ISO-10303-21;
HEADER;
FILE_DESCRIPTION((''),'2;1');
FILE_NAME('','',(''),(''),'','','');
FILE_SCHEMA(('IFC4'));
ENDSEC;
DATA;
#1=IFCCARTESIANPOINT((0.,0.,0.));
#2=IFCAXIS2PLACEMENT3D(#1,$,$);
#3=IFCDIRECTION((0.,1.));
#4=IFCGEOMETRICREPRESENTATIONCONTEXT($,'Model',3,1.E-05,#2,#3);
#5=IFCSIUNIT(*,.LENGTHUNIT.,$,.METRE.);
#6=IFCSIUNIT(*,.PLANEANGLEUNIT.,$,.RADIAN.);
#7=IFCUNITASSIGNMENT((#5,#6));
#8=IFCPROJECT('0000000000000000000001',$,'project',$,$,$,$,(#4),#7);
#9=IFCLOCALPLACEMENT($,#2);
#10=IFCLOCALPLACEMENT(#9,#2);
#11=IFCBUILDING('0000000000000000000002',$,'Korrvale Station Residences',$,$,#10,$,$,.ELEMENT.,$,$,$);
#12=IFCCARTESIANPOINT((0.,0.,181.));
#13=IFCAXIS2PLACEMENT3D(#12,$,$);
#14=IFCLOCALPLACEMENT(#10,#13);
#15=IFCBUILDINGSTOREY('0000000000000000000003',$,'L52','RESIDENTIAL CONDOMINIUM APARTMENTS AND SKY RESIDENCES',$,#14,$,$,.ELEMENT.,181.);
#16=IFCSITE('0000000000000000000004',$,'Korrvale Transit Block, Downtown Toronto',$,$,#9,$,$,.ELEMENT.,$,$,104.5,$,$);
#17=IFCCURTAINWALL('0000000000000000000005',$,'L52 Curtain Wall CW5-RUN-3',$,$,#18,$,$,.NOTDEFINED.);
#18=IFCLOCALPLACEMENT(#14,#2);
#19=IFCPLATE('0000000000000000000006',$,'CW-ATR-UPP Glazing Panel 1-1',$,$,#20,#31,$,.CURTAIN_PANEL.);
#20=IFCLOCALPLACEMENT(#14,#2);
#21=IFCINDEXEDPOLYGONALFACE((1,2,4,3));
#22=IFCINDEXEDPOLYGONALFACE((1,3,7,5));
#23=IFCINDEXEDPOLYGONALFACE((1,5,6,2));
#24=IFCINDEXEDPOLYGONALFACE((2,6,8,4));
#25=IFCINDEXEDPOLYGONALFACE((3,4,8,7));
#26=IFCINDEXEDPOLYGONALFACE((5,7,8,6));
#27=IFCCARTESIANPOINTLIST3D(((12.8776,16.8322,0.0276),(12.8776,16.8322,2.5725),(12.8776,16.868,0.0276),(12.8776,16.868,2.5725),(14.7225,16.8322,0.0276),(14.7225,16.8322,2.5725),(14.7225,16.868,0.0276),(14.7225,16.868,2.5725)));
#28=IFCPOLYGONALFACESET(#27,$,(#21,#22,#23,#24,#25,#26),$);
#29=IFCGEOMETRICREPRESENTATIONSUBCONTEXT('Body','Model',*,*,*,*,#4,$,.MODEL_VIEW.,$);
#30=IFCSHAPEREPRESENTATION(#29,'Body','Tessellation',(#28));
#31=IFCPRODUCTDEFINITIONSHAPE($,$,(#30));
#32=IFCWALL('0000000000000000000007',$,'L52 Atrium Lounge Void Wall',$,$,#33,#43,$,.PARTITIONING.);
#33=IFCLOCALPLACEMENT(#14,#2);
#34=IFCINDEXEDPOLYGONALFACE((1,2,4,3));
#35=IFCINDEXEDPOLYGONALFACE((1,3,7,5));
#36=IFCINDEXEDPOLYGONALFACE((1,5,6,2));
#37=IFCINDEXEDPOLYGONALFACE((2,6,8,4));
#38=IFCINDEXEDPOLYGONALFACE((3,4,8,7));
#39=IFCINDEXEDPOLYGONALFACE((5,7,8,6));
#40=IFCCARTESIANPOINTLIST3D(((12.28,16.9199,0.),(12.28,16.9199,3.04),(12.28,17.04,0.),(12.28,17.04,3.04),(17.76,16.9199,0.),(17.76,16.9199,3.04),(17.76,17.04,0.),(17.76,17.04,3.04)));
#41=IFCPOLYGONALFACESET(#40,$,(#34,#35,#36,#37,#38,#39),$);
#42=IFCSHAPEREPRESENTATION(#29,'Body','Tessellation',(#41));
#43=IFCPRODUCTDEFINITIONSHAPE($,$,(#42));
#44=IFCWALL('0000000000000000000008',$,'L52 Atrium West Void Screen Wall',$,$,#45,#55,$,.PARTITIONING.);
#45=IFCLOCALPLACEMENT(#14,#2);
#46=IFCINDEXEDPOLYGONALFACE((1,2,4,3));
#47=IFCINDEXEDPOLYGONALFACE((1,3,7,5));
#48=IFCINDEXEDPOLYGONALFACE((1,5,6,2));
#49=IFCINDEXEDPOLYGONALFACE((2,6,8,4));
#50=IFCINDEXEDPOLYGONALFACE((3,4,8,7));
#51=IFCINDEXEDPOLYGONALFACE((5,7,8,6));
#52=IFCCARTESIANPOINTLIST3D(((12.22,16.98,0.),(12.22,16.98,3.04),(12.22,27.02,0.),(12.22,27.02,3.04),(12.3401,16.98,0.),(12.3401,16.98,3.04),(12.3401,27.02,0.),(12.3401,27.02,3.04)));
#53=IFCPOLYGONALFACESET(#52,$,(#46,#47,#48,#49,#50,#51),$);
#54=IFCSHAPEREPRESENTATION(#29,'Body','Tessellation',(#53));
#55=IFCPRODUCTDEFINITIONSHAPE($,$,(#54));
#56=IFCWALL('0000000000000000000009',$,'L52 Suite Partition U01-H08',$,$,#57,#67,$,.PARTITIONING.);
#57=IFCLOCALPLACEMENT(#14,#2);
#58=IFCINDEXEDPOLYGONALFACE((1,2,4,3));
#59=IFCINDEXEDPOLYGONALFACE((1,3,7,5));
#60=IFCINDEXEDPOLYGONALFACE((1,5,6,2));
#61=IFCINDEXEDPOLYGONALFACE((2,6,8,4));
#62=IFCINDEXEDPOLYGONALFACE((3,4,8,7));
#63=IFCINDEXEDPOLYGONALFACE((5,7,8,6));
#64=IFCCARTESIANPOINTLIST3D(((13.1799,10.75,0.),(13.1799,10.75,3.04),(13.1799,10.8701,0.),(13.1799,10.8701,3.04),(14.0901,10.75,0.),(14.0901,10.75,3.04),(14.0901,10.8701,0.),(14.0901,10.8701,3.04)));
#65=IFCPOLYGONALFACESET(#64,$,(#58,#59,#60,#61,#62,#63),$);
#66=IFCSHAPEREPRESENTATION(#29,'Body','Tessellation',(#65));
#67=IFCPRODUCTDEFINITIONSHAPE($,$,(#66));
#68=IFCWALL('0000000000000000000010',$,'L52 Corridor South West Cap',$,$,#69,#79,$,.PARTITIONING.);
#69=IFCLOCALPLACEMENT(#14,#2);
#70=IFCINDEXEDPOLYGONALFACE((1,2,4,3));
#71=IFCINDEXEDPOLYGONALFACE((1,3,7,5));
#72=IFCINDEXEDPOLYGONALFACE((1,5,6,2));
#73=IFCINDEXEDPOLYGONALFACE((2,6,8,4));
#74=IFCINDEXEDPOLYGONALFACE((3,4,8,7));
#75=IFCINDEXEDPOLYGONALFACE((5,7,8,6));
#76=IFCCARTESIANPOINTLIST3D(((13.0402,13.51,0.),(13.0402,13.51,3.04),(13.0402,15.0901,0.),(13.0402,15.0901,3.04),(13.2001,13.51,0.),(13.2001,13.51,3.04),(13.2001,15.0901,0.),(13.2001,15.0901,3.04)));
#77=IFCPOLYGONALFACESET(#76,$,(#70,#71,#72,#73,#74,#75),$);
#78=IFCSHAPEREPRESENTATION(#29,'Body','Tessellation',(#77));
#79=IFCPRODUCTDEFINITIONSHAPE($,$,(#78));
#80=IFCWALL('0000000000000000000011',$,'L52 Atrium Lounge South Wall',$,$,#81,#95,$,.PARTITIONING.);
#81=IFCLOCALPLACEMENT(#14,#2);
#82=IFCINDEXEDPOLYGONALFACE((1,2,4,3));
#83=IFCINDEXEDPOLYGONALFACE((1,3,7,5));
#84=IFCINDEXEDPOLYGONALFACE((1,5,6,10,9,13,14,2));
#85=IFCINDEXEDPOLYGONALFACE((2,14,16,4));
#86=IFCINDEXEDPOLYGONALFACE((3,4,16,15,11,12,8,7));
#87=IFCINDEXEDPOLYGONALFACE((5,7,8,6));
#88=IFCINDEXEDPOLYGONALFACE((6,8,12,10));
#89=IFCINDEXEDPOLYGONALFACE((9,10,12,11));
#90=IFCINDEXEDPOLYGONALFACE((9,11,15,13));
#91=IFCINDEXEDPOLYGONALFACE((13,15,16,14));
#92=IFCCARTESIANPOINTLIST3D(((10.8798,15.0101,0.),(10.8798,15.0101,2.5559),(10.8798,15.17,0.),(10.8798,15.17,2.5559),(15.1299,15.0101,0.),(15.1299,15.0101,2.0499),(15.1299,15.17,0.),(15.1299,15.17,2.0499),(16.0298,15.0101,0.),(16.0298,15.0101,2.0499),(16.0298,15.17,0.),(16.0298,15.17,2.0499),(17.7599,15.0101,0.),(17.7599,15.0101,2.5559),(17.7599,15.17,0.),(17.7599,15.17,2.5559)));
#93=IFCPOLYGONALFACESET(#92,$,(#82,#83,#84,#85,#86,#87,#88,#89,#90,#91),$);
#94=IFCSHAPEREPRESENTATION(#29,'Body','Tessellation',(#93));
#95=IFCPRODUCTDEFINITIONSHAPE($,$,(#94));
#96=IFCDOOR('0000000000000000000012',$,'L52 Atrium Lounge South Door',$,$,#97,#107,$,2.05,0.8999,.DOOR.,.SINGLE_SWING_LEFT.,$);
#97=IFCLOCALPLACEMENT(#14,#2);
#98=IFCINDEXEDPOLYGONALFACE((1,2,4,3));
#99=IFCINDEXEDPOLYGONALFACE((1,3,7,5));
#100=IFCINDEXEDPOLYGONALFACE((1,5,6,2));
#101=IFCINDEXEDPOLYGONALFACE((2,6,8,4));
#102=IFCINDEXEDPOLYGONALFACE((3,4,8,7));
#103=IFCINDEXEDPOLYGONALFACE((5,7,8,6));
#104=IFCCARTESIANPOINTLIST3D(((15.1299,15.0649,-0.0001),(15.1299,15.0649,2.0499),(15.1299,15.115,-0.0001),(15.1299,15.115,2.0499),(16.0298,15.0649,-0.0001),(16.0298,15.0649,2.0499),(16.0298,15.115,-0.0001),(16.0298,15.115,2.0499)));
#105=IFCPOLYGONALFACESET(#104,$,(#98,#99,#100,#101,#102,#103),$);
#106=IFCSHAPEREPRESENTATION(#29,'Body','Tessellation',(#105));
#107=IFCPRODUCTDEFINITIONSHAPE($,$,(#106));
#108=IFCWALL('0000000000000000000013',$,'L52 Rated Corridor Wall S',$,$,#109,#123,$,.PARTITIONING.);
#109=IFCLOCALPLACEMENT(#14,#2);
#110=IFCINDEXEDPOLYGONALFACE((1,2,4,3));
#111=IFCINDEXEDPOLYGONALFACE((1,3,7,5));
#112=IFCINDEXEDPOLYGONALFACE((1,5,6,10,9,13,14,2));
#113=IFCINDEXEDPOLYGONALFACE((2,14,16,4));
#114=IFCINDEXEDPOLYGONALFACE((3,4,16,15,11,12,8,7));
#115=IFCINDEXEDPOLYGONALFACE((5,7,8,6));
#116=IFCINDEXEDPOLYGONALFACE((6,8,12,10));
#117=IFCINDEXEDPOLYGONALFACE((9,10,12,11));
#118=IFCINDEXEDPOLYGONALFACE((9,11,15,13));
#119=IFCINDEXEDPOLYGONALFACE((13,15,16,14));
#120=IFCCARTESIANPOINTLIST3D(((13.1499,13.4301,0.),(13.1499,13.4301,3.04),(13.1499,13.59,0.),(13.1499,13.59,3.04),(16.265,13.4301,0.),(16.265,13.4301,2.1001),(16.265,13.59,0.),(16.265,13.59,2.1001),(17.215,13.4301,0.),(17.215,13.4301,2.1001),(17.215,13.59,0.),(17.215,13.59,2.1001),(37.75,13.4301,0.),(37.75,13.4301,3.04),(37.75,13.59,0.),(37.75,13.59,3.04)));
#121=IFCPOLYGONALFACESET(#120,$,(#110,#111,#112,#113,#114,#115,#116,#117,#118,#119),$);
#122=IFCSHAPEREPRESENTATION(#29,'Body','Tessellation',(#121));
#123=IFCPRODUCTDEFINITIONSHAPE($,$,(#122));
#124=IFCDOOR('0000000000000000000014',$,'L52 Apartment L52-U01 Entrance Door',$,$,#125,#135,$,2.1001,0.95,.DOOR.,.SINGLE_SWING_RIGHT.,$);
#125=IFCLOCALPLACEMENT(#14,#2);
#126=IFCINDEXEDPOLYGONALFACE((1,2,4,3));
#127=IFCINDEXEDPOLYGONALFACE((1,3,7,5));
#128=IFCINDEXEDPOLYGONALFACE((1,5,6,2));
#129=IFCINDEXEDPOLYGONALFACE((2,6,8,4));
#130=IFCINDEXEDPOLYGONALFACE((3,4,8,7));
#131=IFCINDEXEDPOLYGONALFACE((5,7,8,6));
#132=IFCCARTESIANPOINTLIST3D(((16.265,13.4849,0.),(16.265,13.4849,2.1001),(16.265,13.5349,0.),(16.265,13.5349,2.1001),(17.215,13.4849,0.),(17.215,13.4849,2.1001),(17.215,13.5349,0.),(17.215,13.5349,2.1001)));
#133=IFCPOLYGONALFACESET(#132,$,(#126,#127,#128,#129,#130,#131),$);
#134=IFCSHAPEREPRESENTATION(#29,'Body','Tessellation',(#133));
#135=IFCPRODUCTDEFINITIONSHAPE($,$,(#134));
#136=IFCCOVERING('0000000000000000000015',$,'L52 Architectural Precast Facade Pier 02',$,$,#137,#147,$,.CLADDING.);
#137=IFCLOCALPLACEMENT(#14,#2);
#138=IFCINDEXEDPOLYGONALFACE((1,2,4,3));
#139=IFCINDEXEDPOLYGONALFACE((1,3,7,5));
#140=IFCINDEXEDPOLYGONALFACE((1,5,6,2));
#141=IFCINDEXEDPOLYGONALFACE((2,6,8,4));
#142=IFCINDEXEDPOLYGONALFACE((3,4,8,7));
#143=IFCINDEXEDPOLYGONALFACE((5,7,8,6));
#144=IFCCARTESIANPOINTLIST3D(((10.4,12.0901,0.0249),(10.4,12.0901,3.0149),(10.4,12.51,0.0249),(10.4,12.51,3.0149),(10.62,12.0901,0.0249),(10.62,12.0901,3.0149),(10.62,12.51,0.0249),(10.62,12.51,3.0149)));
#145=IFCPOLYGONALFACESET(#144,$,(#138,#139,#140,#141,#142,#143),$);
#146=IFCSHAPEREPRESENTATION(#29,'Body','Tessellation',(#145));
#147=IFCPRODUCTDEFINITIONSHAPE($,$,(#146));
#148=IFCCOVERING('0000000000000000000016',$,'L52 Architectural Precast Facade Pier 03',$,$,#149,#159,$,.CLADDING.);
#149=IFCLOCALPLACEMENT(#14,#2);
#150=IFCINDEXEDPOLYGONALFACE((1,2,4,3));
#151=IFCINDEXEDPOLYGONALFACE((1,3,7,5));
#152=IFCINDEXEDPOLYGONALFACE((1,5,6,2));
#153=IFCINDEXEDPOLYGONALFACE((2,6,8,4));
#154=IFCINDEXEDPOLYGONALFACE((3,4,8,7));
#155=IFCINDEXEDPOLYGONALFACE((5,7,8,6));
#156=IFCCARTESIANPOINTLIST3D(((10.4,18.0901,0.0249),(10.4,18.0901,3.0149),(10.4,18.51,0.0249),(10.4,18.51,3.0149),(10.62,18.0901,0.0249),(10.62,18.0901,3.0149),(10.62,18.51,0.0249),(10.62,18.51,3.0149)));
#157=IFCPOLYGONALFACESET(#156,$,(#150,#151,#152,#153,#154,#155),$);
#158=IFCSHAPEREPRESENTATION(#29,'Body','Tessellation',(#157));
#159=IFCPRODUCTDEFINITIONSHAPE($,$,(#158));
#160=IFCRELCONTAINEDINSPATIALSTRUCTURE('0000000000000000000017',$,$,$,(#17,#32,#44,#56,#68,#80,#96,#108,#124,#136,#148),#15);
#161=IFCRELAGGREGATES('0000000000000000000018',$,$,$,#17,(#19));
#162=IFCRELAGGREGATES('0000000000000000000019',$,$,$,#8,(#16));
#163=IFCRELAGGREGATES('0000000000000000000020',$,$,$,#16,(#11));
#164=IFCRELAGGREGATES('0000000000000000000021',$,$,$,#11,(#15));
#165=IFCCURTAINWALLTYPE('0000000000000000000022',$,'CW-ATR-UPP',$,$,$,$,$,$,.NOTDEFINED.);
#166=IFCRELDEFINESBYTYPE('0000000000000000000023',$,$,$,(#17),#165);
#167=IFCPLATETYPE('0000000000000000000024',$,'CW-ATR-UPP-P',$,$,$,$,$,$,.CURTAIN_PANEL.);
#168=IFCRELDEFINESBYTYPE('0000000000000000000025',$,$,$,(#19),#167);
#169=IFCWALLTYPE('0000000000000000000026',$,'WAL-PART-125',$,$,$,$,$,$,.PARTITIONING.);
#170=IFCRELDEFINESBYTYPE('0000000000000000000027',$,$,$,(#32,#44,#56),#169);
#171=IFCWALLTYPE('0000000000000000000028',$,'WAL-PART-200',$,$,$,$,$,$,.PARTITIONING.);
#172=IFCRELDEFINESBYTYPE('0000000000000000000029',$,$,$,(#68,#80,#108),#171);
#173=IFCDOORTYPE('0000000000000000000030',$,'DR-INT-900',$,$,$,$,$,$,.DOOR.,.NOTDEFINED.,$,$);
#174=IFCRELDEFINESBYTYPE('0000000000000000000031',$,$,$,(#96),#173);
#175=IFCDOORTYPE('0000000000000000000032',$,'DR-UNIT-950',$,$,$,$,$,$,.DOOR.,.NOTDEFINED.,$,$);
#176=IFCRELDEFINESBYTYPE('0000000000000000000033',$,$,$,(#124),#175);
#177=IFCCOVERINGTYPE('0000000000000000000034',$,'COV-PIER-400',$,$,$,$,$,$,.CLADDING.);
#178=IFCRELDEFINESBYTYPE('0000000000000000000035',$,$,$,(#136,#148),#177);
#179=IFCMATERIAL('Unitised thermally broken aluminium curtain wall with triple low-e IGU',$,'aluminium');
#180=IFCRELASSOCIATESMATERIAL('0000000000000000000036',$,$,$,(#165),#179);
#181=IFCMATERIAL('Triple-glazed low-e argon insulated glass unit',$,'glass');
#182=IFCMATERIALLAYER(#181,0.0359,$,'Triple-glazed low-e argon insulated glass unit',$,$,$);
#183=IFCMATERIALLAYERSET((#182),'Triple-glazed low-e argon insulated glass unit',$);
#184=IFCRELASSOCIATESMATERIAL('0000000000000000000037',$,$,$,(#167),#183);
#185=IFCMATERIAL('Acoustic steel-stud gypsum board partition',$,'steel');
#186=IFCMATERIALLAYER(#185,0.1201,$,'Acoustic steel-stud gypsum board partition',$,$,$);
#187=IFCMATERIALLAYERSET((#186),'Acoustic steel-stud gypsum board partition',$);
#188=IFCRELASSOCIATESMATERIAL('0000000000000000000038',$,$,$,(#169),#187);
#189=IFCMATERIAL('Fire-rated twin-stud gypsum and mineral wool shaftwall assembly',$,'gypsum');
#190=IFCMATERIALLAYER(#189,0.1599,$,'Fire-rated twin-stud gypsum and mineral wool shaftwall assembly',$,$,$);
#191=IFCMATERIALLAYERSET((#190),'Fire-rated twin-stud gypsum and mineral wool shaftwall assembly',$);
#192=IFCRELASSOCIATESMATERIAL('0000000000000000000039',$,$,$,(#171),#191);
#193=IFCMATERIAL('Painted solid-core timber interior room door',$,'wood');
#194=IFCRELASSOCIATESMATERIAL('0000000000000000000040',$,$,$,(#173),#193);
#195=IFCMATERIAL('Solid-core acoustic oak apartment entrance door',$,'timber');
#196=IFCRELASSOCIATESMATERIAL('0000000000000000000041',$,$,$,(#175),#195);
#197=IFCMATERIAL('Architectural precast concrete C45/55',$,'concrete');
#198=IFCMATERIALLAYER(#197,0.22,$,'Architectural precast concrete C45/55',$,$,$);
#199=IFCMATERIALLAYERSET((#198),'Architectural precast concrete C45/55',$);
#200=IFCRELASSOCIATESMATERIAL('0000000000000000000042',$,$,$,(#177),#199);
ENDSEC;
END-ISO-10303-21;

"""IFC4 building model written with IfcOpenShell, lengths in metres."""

from ifc_helpers import new_model, si_unit, direction, frame, frame_2d, origin, origin_2d, place, context, subcontext, project, spatial, rectangle, extrude, material, layer, layer_set, type_object, element, fill, aggregate, save


model = new_model("IFC4")

# Units and contexts
model_context = context("Model", 3, precision=1e-05, world=origin(), true_north=direction((0.0, 1.0)))
body_context = subcontext(model_context, "Body", "Model", "MODEL_VIEW")
ifc_project = project(units=[si_unit("LENGTHUNIT", "METRE"), si_unit("PLANEANGLEUNIT", "RADIAN")], contexts=[model_context])

# Site, building, storey
site_placement = place(None, origin())
site = spatial("IfcSite", under=ifc_project, at=site_placement, Name="Korrvale Transit Block, Downtown Toronto", CompositionType="ELEMENT", RefElevation=104.5)
building_placement = place(site_placement, origin())
building = spatial("IfcBuilding", under=site, at=building_placement, Name="Korrvale Station Residences", CompositionType="ELEMENT")
storey_placement = place(building_placement, frame((0.0, 0.0, 181.0)))
storey = spatial("IfcBuildingStorey", under=building, at=storey_placement, Name="L52", Description="RESIDENTIAL CONDOMINIUM APARTMENTS AND SKY RESIDENCES", CompositionType="ELEMENT", Elevation=181.0)

# Curtain wall, plate
ifc_material_1 = material(Name="Unitised thermally broken aluminium curtain wall with triple low-e IGU", Category="aluminium")
curtain_wall_type = type_object("IfcCurtainWallType", Name="CW-ATR-UPP", PredefinedType="NOTDEFINED", material=ifc_material_1)
curtain_wall_placement = place(storey_placement, origin())
curtain_wall = element("IfcCurtainWall", 1, at=curtain_wall_placement, inside=storey, type_object=curtain_wall_type, Name="L52 Curtain Wall CW5-RUN-3", PredefinedType="NOTDEFINED")
ifc_material_2 = material(Name="Triple-glazed low-e argon insulated glass unit", Category="glass")
ifc_layer_1 = layer(ifc_material_2, 0.0359, Name="Triple-glazed low-e argon insulated glass unit")
ifc_layer_set_1 = layer_set([ifc_layer_1], Name="Triple-glazed low-e argon insulated glass unit")
plate_type = type_object("IfcPlateType", Name="CW-ATR-UPP-P", PredefinedType="CURTAIN_PANEL", material=ifc_layer_set_1)
plate_placement = place(storey_placement, frame((13.8, 16.8501, 0.0276), z_axis=(0.0, 0.0, 1.0), x_axis=(1.0, 0.0, 0.0)))
plate = element("IfcPlate", 2, at=plate_placement, type_object=plate_type, Name="CW-ATR-UPP Glazing Panel 1-1", PredefinedType="CURTAIN_PANEL", context=body_context, shape_type="SweptSolid", body=[
    extrude(rectangle(XDim=1.845, YDim=0.0359, at=origin_2d()), origin(), (0.0, 0.0, 1.0), 2.5449),
])
aggregate(curtain_wall, [plate])

# Walls
ifc_material_3 = material(Name="Acoustic steel-stud gypsum board partition", Category="steel")
ifc_layer_2 = layer(ifc_material_3, 0.1201, Name="Acoustic steel-stud gypsum board partition")
ifc_layer_set_2 = layer_set([ifc_layer_2], Name="Acoustic steel-stud gypsum board partition")
wall_type_1 = type_object("IfcWallType", Name="WAL-PART-125", PredefinedType="PARTITIONING", material=ifc_layer_set_2)
wall_1_placement = place(storey_placement, frame((12.28, 16.98, 0.0), z_axis=(0.0, 0.0, 1.0), x_axis=(1.0, 0.0, 0.0)))
element("IfcWall", 3, at=wall_1_placement, inside=storey, type_object=wall_type_1, Name="L52 Atrium Lounge Void Wall", PredefinedType="PARTITIONING", context=body_context, shape_type="SweptSolid", body=[
    extrude(rectangle(XDim=5.48, YDim=0.1201, at=frame_2d((2.74, 0.0))), origin(), (0.0, 0.0, 1.0), 3.04),
])
wall_2_placement = place(storey_placement, frame((12.28, 16.98, 0.0), z_axis=(0.0, 0.0, 1.0), x_axis=(0.0, 1.0, 0.0)))
element("IfcWall", 4, at=wall_2_placement, inside=storey, type_object=wall_type_1, Name="L52 Atrium West Void Screen Wall", PredefinedType="PARTITIONING", context=body_context, shape_type="SweptSolid", body=[
    extrude(rectangle(XDim=10.04, YDim=0.1201, at=frame_2d((5.02, 0.0))), origin(), (0.0, 0.0, 1.0), 3.04),
])
wall_3_placement = place(storey_placement, frame((13.1799, 10.8101, 0.0), z_axis=(0.0, 0.0, 1.0), x_axis=(1.0, 0.0, 0.0)))
element("IfcWall", 5, at=wall_3_placement, inside=storey, type_object=wall_type_1, Name="L52 Suite Partition U01-H08", PredefinedType="PARTITIONING", context=body_context, shape_type="SweptSolid", body=[
    extrude(rectangle(XDim=0.9102, YDim=0.1201, at=frame_2d((0.4551, 0.0))), origin(), (0.0, 0.0, 1.0), 3.04),
])
ifc_material_4 = material(Name="Fire-rated twin-stud gypsum and mineral wool shaftwall assembly", Category="gypsum")
ifc_layer_3 = layer(ifc_material_4, 0.1599, Name="Fire-rated twin-stud gypsum and mineral wool shaftwall assembly")
ifc_layer_set_3 = layer_set([ifc_layer_3], Name="Fire-rated twin-stud gypsum and mineral wool shaftwall assembly")
wall_type_2 = type_object("IfcWallType", Name="WAL-PART-200", PredefinedType="PARTITIONING", material=ifc_layer_set_3)
wall_4_placement = place(storey_placement, frame((13.1201, 13.51, 0.0), z_axis=(0.0, 0.0, 1.0), x_axis=(0.0, 1.0, 0.0)))
element("IfcWall", 6, at=wall_4_placement, inside=storey, type_object=wall_type_2, Name="L52 Corridor South West Cap", PredefinedType="PARTITIONING", context=body_context, shape_type="SweptSolid", body=[
    extrude(rectangle(XDim=1.5801, YDim=0.1599, at=frame_2d((0.79, 0.0))), origin(), (0.0, 0.0, 1.0), 3.04),
])

# Walls, openings, doors
wall_5_placement = place(storey_placement, frame((10.8799, 15.0901, 0.0), z_axis=(0.0, 0.0, 1.0), x_axis=(1.0, 0.0, 0.0)))
wall_5 = element("IfcWall", 7, at=wall_5_placement, inside=storey, type_object=wall_type_2, Name="L52 Atrium Lounge South Wall", PredefinedType="PARTITIONING", context=body_context, shape_type="SweptSolid", body=[
    extrude(rectangle(XDim=6.8801, YDim=0.1599, at=frame_2d((3.4399, 0.0))), origin(), (0.0, 0.0, 1.0), 2.5559),
])
opening_1_placement = place(wall_5_placement, frame((4.25, 0.0, 0.0)))
opening_1 = element("IfcOpeningElement", 8, at=opening_1_placement, cuts=wall_5, PredefinedType="OPENING", context=body_context, shape_type="SweptSolid", body=[
    extrude(rectangle(XDim=0.8999, YDim=2.05, at=frame_2d((0.45, 1.0249))), frame((0.0, 0.0898, 0.0), z_axis=(0.0, -1.0, 0.0), x_axis=(1.0, 0.0, 0.0)), (0.0, 0.0, 1.0), 0.1799),
])
ifc_material_5 = material(Name="Painted solid-core timber interior room door", Category="wood")
door_type_1 = type_object("IfcDoorType", Name="DR-INT-900", OperationType="NOTDEFINED", PredefinedType="DOOR", material=ifc_material_5)
door_1_placement = place(opening_1_placement, origin())
door_1 = element("IfcDoor", 9, at=door_1_placement, inside=storey, type_object=door_type_1, Name="L52 Atrium Lounge South Door", OperationType="SINGLE_SWING_LEFT", OverallHeight=2.05, OverallWidth=0.8999, PredefinedType="DOOR", context=body_context, shape_type="SweptSolid", body=[
    extrude(rectangle(XDim=0.8999, YDim=2.05, at=frame_2d((0.45, 1.0249))), frame((0.0, 0.0249, 0.0), z_axis=(0.0, -1.0, 0.0), x_axis=(1.0, 0.0, 0.0)), (0.0, 0.0, 1.0), 0.05),
])
fill(opening_1, door_1)
wall_6_placement = place(storey_placement, frame((13.1499, 13.51, 0.0), z_axis=(0.0, 0.0, 1.0), x_axis=(1.0, 0.0, 0.0)))
wall_6 = element("IfcWall", 10, at=wall_6_placement, inside=storey, type_object=wall_type_2, Name="L52 Rated Corridor Wall S", PredefinedType="PARTITIONING", context=body_context, shape_type="SweptSolid", body=[
    extrude(rectangle(XDim=24.6001, YDim=0.1599, at=frame_2d((12.3, 0.0))), origin(), (0.0, 0.0, 1.0), 3.04),
])
opening_2_placement = place(wall_6_placement, frame((3.115, 0.0, 0.0)))
opening_2 = element("IfcOpeningElement", 11, at=opening_2_placement, cuts=wall_6, PredefinedType="OPENING", context=body_context, shape_type="SweptSolid", body=[
    extrude(rectangle(XDim=0.95, YDim=2.1001, at=frame_2d((0.4751, 1.05))), frame((0.0, 0.0898, 0.0), z_axis=(0.0, -1.0, 0.0), x_axis=(1.0, 0.0, 0.0)), (0.0, 0.0, 1.0), 0.1799),
])
ifc_material_6 = material(Name="Solid-core acoustic oak apartment entrance door", Category="timber")
door_type_2 = type_object("IfcDoorType", Name="DR-UNIT-950", OperationType="NOTDEFINED", PredefinedType="DOOR", material=ifc_material_6)
door_2_placement = place(opening_2_placement, origin())
door_2 = element("IfcDoor", 12, at=door_2_placement, inside=storey, type_object=door_type_2, Name="L52 Apartment L52-U01 Entrance Door", OperationType="SINGLE_SWING_RIGHT", OverallHeight=2.1001, OverallWidth=0.95, PredefinedType="DOOR", context=body_context, shape_type="SweptSolid", body=[
    extrude(rectangle(XDim=0.95, YDim=2.1001, at=frame_2d((0.4751, 1.05))), frame((0.0, 0.0249, 0.0), z_axis=(0.0, -1.0, 0.0), x_axis=(1.0, 0.0, 0.0)), (0.0, 0.0, 1.0), 0.05),
])
fill(opening_2, door_2)

# Coverings
ifc_material_7 = material(Name="Architectural precast concrete C45/55", Category="concrete")
ifc_layer_4 = layer(ifc_material_7, 0.22, Name="Architectural precast concrete C45/55")
ifc_layer_set_4 = layer_set([ifc_layer_4], Name="Architectural precast concrete C45/55")
covering_type = type_object("IfcCoveringType", Name="COV-PIER-400", PredefinedType="CLADDING", material=ifc_layer_set_4)
for number, where, z_axis, x_axis, name in (
    (13, (10.51, 12.3, 0.0249), (0.0, 0.0, 1.0), (0.0, 1.0, 0.0), "L52 Architectural Precast Facade Pier 02"),
    (14, (10.51, 18.3, 0.0249), (0.0, 0.0, 1.0), (0.0, 1.0, 0.0), "L52 Architectural Precast Facade Pier 03"),
):
    element("IfcCovering", number, at=place(storey_placement, frame(where, z_axis=z_axis, x_axis=x_axis)), inside=storey, type_object=covering_type, Name=name, PredefinedType="CLADDING", context=body_context, shape_type="SweptSolid", body=[
        extrude(rectangle(XDim=0.4199, YDim=0.22, at=origin_2d()), origin(), (0.0, 0.0, 1.0), 2.99),
    ])

save(model, "model.ifc")
